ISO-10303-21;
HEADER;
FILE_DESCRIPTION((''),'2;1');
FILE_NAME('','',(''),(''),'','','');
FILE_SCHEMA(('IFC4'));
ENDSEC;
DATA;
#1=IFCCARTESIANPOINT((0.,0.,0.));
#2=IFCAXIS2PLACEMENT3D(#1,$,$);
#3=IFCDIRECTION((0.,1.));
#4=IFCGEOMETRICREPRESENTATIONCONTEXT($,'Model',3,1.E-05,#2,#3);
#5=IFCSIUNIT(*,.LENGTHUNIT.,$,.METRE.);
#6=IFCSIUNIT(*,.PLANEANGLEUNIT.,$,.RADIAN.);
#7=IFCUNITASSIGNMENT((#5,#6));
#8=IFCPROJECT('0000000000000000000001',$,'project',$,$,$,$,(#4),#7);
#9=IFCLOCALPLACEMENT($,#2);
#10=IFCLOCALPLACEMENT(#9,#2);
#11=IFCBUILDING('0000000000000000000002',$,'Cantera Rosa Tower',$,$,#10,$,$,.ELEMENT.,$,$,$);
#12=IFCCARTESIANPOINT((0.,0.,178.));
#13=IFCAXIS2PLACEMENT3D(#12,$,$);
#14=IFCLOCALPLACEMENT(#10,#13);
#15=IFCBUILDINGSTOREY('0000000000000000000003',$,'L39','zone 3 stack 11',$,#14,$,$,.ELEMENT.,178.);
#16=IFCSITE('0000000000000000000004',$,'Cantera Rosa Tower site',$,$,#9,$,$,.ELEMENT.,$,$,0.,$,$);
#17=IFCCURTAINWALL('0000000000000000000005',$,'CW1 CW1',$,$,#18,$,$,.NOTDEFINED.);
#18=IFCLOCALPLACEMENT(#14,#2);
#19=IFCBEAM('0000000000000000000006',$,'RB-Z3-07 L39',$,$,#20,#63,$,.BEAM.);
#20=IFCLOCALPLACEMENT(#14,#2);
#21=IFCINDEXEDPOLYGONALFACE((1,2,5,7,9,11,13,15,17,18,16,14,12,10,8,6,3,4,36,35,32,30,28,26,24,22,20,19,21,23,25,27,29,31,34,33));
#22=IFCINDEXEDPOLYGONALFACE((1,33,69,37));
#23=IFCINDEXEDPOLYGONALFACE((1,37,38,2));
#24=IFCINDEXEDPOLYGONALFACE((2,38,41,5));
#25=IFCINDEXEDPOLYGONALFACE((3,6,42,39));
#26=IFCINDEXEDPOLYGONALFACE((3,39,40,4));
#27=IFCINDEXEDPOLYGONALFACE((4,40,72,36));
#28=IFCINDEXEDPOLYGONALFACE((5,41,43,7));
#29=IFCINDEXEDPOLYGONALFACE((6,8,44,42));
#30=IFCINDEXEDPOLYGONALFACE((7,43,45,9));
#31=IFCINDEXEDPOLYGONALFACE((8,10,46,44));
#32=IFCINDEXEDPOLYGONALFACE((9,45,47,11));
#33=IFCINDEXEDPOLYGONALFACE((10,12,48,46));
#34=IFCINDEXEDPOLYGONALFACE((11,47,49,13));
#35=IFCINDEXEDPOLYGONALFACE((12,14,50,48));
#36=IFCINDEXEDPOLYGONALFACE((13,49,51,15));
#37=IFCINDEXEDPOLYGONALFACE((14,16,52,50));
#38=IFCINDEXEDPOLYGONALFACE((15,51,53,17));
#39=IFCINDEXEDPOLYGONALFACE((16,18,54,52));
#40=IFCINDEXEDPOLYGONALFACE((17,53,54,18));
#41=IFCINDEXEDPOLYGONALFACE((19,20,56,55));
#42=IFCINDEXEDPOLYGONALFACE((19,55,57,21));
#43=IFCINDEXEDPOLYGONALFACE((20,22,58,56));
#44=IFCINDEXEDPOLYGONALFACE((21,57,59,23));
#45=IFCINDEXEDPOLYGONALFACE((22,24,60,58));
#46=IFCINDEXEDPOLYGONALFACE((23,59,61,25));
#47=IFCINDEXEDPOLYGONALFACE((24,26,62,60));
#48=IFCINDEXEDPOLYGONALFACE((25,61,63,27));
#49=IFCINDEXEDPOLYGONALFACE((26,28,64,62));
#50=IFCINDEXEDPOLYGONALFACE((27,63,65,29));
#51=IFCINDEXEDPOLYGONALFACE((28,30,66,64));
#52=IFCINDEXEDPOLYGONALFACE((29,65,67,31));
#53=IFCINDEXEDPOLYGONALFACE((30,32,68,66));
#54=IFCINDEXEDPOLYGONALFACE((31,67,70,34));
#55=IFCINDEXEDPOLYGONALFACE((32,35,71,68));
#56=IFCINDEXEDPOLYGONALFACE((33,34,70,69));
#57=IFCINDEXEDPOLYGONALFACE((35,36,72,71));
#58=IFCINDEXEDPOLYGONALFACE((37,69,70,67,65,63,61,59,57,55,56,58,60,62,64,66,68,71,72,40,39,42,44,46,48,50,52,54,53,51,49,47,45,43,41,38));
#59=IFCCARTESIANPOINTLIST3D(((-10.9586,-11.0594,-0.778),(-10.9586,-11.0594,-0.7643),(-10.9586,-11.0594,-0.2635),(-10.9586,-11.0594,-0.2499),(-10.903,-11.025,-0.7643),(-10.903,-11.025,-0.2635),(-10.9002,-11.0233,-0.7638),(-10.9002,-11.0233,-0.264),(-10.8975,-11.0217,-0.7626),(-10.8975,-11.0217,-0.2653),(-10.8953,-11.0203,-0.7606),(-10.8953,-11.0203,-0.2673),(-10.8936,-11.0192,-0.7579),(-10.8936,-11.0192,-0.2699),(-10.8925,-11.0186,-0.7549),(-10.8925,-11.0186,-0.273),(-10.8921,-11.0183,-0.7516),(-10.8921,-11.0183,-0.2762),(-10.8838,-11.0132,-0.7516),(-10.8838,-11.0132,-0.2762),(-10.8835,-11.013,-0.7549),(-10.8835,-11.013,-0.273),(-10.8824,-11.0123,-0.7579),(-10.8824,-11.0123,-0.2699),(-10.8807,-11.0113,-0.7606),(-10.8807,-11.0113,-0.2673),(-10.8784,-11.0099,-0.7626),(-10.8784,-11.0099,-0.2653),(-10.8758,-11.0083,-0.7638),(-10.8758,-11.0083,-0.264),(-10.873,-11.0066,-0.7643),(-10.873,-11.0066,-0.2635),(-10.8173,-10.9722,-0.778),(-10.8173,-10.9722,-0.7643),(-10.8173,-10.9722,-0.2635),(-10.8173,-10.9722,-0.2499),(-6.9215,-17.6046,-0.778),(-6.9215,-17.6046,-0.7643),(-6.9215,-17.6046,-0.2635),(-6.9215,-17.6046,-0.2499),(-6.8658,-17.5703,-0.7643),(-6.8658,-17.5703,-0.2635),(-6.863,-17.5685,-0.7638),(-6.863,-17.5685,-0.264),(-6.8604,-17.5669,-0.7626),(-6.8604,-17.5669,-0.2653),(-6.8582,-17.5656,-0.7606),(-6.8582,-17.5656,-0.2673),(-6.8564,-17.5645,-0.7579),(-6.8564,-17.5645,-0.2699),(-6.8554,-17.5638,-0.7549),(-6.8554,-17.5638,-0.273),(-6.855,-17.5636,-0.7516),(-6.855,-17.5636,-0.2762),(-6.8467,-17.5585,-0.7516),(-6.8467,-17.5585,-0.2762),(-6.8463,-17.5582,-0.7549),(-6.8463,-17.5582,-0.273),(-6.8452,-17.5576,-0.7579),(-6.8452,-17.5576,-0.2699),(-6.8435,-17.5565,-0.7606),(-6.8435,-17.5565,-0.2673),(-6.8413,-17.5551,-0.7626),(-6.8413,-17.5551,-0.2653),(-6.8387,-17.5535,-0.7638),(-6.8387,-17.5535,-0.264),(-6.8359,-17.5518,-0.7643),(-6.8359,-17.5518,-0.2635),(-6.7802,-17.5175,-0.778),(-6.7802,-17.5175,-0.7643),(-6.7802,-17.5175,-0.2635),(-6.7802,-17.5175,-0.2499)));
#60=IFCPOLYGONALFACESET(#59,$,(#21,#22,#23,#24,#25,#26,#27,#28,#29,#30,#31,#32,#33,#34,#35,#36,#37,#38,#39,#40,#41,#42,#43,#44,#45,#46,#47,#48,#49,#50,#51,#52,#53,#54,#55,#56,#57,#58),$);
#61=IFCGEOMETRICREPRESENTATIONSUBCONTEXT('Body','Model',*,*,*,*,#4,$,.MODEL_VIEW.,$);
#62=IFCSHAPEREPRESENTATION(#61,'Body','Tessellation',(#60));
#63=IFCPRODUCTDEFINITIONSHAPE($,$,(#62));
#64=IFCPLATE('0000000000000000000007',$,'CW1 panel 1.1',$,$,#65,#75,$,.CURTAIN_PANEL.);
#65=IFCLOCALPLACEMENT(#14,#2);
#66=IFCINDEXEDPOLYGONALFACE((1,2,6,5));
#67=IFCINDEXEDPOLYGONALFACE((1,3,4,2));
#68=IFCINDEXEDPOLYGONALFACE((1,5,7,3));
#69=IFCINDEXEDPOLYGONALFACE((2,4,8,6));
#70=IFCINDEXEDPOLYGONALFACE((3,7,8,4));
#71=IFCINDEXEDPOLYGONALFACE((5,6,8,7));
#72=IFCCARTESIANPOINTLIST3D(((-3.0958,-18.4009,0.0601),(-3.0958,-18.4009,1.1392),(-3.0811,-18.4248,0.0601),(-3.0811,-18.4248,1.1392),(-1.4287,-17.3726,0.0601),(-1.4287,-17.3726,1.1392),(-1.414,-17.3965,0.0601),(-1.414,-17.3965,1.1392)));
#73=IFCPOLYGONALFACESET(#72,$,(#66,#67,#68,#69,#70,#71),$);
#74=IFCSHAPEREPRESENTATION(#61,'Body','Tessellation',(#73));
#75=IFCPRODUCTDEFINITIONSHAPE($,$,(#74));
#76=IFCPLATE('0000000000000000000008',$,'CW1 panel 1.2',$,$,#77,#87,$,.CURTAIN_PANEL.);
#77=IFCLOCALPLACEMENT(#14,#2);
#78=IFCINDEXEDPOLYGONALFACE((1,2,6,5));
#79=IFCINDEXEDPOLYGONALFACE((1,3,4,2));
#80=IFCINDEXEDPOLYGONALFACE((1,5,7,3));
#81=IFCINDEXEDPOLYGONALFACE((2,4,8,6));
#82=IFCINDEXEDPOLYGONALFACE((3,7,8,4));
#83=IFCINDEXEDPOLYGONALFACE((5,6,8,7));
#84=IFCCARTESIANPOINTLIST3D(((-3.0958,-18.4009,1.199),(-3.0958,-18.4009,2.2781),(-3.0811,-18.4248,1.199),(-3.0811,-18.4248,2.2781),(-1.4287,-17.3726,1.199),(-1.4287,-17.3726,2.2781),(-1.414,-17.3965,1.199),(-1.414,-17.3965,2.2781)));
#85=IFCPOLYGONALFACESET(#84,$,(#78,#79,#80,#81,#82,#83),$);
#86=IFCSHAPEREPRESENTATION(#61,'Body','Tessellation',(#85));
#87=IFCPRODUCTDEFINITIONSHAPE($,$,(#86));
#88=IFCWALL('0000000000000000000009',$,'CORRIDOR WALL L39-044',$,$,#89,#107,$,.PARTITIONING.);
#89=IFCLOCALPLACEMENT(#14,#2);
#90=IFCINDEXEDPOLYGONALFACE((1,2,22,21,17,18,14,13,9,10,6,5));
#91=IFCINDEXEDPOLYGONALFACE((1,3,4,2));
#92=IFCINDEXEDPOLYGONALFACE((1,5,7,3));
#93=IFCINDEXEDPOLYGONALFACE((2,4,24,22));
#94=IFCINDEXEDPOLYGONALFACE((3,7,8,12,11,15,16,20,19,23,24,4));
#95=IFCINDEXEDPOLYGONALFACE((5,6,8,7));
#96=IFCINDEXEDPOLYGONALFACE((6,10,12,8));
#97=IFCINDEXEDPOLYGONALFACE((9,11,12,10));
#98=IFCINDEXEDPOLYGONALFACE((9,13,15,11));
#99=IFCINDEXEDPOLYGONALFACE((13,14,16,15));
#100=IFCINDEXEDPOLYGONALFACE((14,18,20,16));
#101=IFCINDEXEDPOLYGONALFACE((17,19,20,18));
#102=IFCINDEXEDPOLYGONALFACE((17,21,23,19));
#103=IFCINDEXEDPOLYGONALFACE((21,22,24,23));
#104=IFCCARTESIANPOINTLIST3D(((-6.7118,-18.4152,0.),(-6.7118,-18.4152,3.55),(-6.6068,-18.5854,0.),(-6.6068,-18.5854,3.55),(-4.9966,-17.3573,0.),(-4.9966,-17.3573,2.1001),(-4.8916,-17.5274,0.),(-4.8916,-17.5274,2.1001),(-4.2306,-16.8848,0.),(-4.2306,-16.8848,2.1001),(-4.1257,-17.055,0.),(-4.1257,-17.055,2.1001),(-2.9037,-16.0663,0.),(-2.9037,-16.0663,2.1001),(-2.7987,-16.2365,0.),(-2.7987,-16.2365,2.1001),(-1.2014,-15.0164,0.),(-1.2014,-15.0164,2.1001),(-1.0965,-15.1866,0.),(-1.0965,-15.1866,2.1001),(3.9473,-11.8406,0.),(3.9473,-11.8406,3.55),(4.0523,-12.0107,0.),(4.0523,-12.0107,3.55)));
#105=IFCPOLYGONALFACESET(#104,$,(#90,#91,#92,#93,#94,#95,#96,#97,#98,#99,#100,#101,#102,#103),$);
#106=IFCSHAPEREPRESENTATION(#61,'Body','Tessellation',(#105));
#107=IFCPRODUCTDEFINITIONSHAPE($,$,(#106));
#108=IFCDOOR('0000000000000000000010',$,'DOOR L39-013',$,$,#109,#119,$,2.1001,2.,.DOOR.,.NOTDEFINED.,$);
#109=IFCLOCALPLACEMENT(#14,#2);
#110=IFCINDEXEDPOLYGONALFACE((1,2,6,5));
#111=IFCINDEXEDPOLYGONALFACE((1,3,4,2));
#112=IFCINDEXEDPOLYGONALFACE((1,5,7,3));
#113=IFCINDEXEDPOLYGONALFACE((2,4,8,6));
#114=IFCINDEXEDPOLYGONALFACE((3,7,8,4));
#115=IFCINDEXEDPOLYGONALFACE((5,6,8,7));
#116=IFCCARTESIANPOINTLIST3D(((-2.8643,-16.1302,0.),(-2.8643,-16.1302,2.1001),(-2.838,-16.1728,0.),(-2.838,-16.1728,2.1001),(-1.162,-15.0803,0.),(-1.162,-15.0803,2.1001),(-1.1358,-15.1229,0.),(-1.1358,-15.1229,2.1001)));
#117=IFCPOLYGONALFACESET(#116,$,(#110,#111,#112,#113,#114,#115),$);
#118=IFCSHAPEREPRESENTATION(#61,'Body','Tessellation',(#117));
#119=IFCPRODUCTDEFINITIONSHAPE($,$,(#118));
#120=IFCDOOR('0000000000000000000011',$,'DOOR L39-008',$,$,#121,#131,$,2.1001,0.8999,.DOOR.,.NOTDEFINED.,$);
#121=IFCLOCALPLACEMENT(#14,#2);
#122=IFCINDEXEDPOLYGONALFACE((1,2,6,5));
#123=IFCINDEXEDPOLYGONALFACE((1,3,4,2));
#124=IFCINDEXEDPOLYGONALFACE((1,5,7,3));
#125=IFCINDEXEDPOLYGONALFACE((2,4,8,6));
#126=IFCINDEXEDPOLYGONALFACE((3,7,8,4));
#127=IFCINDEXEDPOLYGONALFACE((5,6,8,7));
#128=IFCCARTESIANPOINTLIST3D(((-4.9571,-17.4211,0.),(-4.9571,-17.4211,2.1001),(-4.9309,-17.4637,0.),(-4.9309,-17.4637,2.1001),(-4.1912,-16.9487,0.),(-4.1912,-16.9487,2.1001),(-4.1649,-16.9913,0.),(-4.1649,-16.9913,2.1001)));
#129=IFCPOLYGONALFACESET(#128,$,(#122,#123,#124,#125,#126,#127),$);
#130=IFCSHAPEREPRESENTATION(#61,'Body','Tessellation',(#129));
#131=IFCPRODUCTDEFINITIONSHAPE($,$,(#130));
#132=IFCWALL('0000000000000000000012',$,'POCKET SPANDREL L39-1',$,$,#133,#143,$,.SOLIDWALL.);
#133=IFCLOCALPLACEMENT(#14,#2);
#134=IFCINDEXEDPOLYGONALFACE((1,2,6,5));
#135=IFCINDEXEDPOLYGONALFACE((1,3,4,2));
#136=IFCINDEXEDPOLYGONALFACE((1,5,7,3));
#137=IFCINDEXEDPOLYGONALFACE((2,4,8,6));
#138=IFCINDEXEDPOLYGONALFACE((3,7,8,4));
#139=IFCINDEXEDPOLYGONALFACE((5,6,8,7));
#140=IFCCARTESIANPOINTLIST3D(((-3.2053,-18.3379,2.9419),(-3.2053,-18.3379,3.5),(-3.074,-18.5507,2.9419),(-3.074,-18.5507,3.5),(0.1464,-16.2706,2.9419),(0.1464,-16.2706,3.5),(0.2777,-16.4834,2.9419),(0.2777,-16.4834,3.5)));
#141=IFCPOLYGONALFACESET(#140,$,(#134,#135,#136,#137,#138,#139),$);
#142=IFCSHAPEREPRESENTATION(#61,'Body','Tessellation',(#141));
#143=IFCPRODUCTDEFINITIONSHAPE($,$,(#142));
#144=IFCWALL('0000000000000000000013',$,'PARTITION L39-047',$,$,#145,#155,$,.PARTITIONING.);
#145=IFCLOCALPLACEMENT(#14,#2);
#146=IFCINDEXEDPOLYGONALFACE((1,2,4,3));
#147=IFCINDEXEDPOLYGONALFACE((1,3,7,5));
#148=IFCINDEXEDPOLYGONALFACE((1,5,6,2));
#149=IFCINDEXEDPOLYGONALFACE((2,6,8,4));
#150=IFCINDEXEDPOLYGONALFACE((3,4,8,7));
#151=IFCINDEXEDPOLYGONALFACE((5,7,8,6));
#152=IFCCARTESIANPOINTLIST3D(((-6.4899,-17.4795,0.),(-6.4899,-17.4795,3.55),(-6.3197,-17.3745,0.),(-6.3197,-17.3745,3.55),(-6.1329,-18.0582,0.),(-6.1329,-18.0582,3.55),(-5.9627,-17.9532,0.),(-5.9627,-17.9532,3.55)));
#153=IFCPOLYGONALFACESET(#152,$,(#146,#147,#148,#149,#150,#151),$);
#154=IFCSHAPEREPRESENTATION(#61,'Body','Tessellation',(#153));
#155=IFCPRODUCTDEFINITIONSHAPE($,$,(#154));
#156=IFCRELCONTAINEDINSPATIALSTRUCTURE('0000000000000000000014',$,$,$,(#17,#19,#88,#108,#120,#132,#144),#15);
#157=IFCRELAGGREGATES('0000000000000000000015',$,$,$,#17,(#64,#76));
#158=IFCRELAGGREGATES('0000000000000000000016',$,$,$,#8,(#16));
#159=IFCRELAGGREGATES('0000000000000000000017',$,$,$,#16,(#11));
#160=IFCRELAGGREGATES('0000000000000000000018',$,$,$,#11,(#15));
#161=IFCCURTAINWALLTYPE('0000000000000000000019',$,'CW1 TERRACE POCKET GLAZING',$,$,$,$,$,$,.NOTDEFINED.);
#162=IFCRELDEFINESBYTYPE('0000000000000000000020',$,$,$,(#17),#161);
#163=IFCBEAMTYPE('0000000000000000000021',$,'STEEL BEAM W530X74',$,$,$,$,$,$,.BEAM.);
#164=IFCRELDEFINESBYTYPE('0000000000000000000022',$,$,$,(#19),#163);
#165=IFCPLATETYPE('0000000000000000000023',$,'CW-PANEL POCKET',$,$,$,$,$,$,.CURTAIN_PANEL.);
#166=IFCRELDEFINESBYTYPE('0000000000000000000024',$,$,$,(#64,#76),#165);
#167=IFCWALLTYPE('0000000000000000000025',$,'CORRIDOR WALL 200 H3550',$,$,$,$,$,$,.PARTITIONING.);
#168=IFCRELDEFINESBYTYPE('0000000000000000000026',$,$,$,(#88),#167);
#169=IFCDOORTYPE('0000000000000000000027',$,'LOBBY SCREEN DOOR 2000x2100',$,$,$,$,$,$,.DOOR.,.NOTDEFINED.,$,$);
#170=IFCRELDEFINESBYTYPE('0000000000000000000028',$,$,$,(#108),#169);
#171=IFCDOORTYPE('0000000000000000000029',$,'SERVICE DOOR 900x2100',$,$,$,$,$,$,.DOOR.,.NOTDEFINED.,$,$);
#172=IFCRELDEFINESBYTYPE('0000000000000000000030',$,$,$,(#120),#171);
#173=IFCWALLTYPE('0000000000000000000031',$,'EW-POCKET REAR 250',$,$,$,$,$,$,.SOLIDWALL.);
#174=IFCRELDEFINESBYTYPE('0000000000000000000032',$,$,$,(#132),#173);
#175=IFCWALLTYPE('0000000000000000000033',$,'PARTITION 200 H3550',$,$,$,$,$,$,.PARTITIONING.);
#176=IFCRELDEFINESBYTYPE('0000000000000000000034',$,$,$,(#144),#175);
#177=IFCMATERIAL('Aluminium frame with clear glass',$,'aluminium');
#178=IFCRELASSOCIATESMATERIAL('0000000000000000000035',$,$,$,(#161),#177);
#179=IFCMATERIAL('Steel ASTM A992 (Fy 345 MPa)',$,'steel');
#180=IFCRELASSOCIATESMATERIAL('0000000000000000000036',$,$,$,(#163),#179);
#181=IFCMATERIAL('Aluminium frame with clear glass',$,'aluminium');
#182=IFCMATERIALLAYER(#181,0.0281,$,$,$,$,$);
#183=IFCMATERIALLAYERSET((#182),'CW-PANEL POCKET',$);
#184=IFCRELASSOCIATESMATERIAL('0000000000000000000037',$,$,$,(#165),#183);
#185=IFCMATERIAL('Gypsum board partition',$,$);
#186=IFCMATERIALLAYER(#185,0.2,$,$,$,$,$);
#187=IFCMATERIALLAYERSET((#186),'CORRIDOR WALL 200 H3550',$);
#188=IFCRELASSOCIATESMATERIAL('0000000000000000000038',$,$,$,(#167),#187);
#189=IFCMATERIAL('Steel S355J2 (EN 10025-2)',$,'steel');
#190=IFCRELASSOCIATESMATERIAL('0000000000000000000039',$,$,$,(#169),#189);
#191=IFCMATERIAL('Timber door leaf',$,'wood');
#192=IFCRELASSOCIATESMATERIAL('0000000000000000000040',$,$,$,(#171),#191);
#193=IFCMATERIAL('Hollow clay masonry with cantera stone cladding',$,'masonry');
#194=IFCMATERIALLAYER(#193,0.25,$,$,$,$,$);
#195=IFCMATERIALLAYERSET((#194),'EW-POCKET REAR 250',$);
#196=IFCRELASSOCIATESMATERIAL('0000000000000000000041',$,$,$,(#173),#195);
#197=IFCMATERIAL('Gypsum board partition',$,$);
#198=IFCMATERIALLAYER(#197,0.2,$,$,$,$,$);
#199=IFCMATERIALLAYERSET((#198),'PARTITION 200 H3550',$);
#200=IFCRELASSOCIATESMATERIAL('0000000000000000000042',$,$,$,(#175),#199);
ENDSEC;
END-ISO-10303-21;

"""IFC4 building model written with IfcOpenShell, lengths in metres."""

from ifc_helpers import new_model, si_unit, direction, frame, frame_2d, origin, origin_2d, place, context, subcontext, project, spatial, rectangle, i_section, extrude, material, layer, layer_set, material_profile, profile_set, type_object, element, fill, aggregate, save


model = new_model("IFC4")

# Units and contexts
model_context = context("Model", 3, precision=1e-05, world=origin(), true_north=direction((0.0, 1.0)))
body_context = subcontext(model_context, "Body", "Model", "MODEL_VIEW")
ifc_project = project(units=[si_unit("LENGTHUNIT", "METRE"), si_unit("PLANEANGLEUNIT", "RADIAN")], contexts=[model_context])

# Site, building, storey
site_placement = place(None, origin())
site = spatial("IfcSite", under=ifc_project, at=site_placement, Name="Cantera Rosa Tower site", CompositionType="ELEMENT", RefElevation=0.0)
building_placement = place(site_placement, origin())
building = spatial("IfcBuilding", under=site, at=building_placement, Name="Cantera Rosa Tower", CompositionType="ELEMENT")
storey_placement = place(building_placement, frame((0.0, 0.0, 178.0)))
storey = spatial("IfcBuildingStorey", under=building, at=storey_placement, Name="L39", Description="zone 3 stack 11", CompositionType="ELEMENT", Elevation=178.0)

# Curtain wall
ifc_material_1 = material(Name="Aluminium frame with clear glass", Category="aluminium")
curtain_wall_type = type_object("IfcCurtainWallType", Name="CW1 TERRACE POCKET GLAZING", PredefinedType="NOTDEFINED", material=ifc_material_1)
curtain_wall_placement = place(storey_placement, origin())
curtain_wall = element("IfcCurtainWall", 1, at=curtain_wall_placement, inside=storey, type_object=curtain_wall_type, Name="CW1 CW1", PredefinedType="NOTDEFINED")

# Beam
ifc_material_2 = material(Name="Steel ASTM A992 (Fy 345 MPa)", Category="steel")
ifc_material_profile_1 = material_profile(ifc_material_2, i_section(OverallWidth=0.166, OverallDepth=0.5281, WebThickness=0.0098, FlangeThickness=0.0137, FilletRadius=0.0127, at=origin_2d()), Name="W530X74")
ifc_profile_set_1 = profile_set([ifc_material_profile_1], Name="Steel ASTM A992 (Fy 345 MPa)")
beam_type_1 = type_object("IfcBeamType", Name="STEEL BEAM W530X74", PredefinedType="BEAM", material=ifc_profile_set_1)
beam_1_placement = place(storey_placement, frame((-6.8508, -17.561, -0.5139), z_axis=(-0.524976, 0.851117, 0.0), x_axis=(-0.851117, -0.524976, 0.0)))
element("IfcBeam", 2, at=beam_1_placement, inside=storey, type_object=beam_type_1, Name="RB-Z3-07 L39", PredefinedType="BEAM", context=body_context, shape_type="SweptSolid", body=[
    extrude(i_section(OverallWidth=0.166, OverallDepth=0.5281, WebThickness=0.0098, FlangeThickness=0.0137, FilletRadius=0.0127, at=origin_2d()), origin(), (0.0, 0.0, 1.0), 7.6902),
])

# Plates
ifc_material_3 = material(Name="Aluminium frame with clear glass", Category="aluminium")
ifc_layer_1 = layer(ifc_material_3, 0.0281)
ifc_layer_set_1 = layer_set([ifc_layer_1], Name="CW-PANEL POCKET")
plate_type = type_object("IfcPlateType", Name="CW-PANEL POCKET", PredefinedType="CURTAIN_PANEL", material=ifc_layer_set_1)
plate_1_placement = place(storey_placement, frame((-2.2549, -17.8987, 0.0601), z_axis=(0.0, 0.0, 1.0), x_axis=(0.851117, 0.524977, 0.0)))
plate_1 = element("IfcPlate", 3, at=plate_1_placement, type_object=plate_type, Name="CW1 panel 1.1", PredefinedType="CURTAIN_PANEL", context=body_context, shape_type="SweptSolid", body=[
    extrude(rectangle(XDim=1.9587, YDim=0.0281, at=origin_2d()), origin(), (0.0, 0.0, 1.0), 1.0791),
])
plate_2_placement = place(storey_placement, frame((-2.2549, -17.8987, 1.199), z_axis=(0.0, 0.0, 1.0), x_axis=(0.851117, 0.524977, 0.0)))
plate_2 = element("IfcPlate", 4, at=plate_2_placement, type_object=plate_type, Name="CW1 panel 1.2", PredefinedType="CURTAIN_PANEL", context=body_context, shape_type="SweptSolid", body=[
    extrude(rectangle(XDim=1.9587, YDim=0.0281, at=origin_2d()), origin(), (0.0, 0.0, 1.0), 1.0791),
])
aggregate(curtain_wall, [plate_1, plate_2])

# Wall, openings, doors
ifc_material_4 = material(Name="Gypsum board partition")
ifc_layer_2 = layer(ifc_material_4, 0.2)
ifc_layer_set_2 = layer_set([ifc_layer_2], Name="CORRIDOR WALL 200 H3550")
wall_type_1 = type_object("IfcWallType", Name="CORRIDOR WALL 200 H3550", PredefinedType="PARTITIONING", material=ifc_layer_set_2)
wall_1_placement = place(storey_placement, frame((-6.6592, -18.5002, 0.0), z_axis=(0.0, 0.0, 1.0), x_axis=(0.851116, 0.524978, 0.0)))
wall_1 = element("IfcWall", 5, at=wall_1_placement, inside=storey, type_object=wall_type_1, Name="CORRIDOR WALL L39-044", PredefinedType="PARTITIONING", context=body_context, shape_type="SweptSolid", body=[
    extrude(rectangle(XDim=12.5237, YDim=0.2, at=frame_2d((6.2617, 0.0))), origin(), (0.0, 0.0, 1.0), 3.55),
])
opening_1_placement = place(wall_1_placement, frame((2.0151, 0.0, 0.0)))
opening_1 = element("IfcOpeningElement", 6, at=opening_1_placement, cuts=wall_1, PredefinedType="OPENING", context=body_context, shape_type="SweptSolid", body=[
    extrude(rectangle(XDim=0.8999, YDim=2.1001, at=frame_2d((0.45, 1.05))), frame((0.0, 0.1099, 0.0), z_axis=(0.0, -1.0, 0.0), x_axis=(1.0, 0.0, 0.0)), (0.0, 0.0, 1.0), 0.22),
])
opening_2_placement = place(wall_1_placement, frame((4.4741, 0.0, 0.0)))
opening_2 = element("IfcOpeningElement", 7, at=opening_2_placement, cuts=wall_1, PredefinedType="OPENING", context=body_context, shape_type="SweptSolid", body=[
    extrude(rectangle(XDim=2.0, YDim=2.1001, at=frame_2d((1.0, 1.05))), frame((0.0, 0.1099, 0.0), z_axis=(0.0, -1.0, 0.0), x_axis=(1.0, 0.0, 0.0)), (0.0, 0.0, 1.0), 0.22),
])
ifc_material_5 = material(Name="Steel S355J2 (EN 10025-2)", Category="steel")
door_type_1 = type_object("IfcDoorType", Name="LOBBY SCREEN DOOR 2000x2100", OperationType="NOTDEFINED", PredefinedType="DOOR", material=ifc_material_5)
door_1_placement = place(opening_2_placement, origin())
door_1 = element("IfcDoor", 8, at=door_1_placement, inside=storey, type_object=door_type_1, Name="DOOR L39-013", OperationType="NOTDEFINED", OverallHeight=2.1001, OverallWidth=2.0, PredefinedType="DOOR", context=body_context, shape_type="SweptSolid", body=[
    extrude(rectangle(XDim=2.0, YDim=2.1001, at=frame_2d((1.0, 1.05))), frame((0.0, 0.0249, 0.0), z_axis=(0.0, -1.0, 0.0), x_axis=(1.0, 0.0, 0.0)), (0.0, 0.0, 1.0), 0.05),
])
fill(opening_2, door_1)
ifc_material_6 = material(Name="Timber door leaf", Category="wood")
door_type_2 = type_object("IfcDoorType", Name="SERVICE DOOR 900x2100", OperationType="NOTDEFINED", PredefinedType="DOOR", material=ifc_material_6)
door_2_placement = place(opening_1_placement, origin())
door_2 = element("IfcDoor", 9, at=door_2_placement, inside=storey, type_object=door_type_2, Name="DOOR L39-008", OperationType="NOTDEFINED", OverallHeight=2.1001, OverallWidth=0.8999, PredefinedType="DOOR", context=body_context, shape_type="SweptSolid", body=[
    extrude(rectangle(XDim=0.8999, YDim=2.1001, at=frame_2d((0.45, 1.05))), frame((0.0, 0.0249, 0.0), z_axis=(0.0, -1.0, 0.0), x_axis=(1.0, 0.0, 0.0)), (0.0, 0.0, 1.0), 0.05),
])
fill(opening_1, door_2)

# Walls
ifc_material_7 = material(Name="Hollow clay masonry with cantera stone cladding", Category="masonry")
ifc_layer_3 = layer(ifc_material_7, 0.25)
ifc_layer_set_3 = layer_set([ifc_layer_3], Name="EW-POCKET REAR 250")
wall_type_2 = type_object("IfcWallType", Name="EW-POCKET REAR 250", PredefinedType="SOLIDWALL", material=ifc_layer_set_3)
wall_2_placement = place(storey_placement, frame((-3.1396, -18.4443, 2.9419), z_axis=(0.0, 0.0, 1.0), x_axis=(0.851121, 0.524969, 0.0)))
element("IfcWall", 10, at=wall_2_placement, inside=storey, type_object=wall_type_2, Name="POCKET SPANDREL L39-1", PredefinedType="SOLIDWALL", context=body_context, shape_type="SweptSolid", body=[
    extrude(rectangle(XDim=3.938, YDim=0.25, at=frame_2d((1.969, 0.0))), origin(), (0.0, 0.0, 1.0), 0.5581),
])
ifc_material_8 = material(Name="Gypsum board partition")
ifc_layer_4 = layer(ifc_material_8, 0.2)
ifc_layer_set_4 = layer_set([ifc_layer_4], Name="PARTITION 200 H3550")
wall_type_3 = type_object("IfcWallType", Name="PARTITION 200 H3550", PredefinedType="PARTITIONING", material=ifc_layer_set_4)
wall_3_placement = place(storey_placement, frame((-6.0479, -18.0056, 0.0), z_axis=(0.0, 0.0, 1.0), x_axis=(-0.525019, 0.851091, 0.0)))
element("IfcWall", 11, at=wall_3_placement, inside=storey, type_object=wall_type_3, Name="PARTITION L39-047", PredefinedType="PARTITIONING", context=body_context, shape_type="SweptSolid", body=[
    extrude(rectangle(XDim=0.6799, YDim=0.2, at=frame_2d((0.3398, 0.0))), origin(), (0.0, 0.0, 1.0), 3.55),
])

save(model, "model.ifc")
